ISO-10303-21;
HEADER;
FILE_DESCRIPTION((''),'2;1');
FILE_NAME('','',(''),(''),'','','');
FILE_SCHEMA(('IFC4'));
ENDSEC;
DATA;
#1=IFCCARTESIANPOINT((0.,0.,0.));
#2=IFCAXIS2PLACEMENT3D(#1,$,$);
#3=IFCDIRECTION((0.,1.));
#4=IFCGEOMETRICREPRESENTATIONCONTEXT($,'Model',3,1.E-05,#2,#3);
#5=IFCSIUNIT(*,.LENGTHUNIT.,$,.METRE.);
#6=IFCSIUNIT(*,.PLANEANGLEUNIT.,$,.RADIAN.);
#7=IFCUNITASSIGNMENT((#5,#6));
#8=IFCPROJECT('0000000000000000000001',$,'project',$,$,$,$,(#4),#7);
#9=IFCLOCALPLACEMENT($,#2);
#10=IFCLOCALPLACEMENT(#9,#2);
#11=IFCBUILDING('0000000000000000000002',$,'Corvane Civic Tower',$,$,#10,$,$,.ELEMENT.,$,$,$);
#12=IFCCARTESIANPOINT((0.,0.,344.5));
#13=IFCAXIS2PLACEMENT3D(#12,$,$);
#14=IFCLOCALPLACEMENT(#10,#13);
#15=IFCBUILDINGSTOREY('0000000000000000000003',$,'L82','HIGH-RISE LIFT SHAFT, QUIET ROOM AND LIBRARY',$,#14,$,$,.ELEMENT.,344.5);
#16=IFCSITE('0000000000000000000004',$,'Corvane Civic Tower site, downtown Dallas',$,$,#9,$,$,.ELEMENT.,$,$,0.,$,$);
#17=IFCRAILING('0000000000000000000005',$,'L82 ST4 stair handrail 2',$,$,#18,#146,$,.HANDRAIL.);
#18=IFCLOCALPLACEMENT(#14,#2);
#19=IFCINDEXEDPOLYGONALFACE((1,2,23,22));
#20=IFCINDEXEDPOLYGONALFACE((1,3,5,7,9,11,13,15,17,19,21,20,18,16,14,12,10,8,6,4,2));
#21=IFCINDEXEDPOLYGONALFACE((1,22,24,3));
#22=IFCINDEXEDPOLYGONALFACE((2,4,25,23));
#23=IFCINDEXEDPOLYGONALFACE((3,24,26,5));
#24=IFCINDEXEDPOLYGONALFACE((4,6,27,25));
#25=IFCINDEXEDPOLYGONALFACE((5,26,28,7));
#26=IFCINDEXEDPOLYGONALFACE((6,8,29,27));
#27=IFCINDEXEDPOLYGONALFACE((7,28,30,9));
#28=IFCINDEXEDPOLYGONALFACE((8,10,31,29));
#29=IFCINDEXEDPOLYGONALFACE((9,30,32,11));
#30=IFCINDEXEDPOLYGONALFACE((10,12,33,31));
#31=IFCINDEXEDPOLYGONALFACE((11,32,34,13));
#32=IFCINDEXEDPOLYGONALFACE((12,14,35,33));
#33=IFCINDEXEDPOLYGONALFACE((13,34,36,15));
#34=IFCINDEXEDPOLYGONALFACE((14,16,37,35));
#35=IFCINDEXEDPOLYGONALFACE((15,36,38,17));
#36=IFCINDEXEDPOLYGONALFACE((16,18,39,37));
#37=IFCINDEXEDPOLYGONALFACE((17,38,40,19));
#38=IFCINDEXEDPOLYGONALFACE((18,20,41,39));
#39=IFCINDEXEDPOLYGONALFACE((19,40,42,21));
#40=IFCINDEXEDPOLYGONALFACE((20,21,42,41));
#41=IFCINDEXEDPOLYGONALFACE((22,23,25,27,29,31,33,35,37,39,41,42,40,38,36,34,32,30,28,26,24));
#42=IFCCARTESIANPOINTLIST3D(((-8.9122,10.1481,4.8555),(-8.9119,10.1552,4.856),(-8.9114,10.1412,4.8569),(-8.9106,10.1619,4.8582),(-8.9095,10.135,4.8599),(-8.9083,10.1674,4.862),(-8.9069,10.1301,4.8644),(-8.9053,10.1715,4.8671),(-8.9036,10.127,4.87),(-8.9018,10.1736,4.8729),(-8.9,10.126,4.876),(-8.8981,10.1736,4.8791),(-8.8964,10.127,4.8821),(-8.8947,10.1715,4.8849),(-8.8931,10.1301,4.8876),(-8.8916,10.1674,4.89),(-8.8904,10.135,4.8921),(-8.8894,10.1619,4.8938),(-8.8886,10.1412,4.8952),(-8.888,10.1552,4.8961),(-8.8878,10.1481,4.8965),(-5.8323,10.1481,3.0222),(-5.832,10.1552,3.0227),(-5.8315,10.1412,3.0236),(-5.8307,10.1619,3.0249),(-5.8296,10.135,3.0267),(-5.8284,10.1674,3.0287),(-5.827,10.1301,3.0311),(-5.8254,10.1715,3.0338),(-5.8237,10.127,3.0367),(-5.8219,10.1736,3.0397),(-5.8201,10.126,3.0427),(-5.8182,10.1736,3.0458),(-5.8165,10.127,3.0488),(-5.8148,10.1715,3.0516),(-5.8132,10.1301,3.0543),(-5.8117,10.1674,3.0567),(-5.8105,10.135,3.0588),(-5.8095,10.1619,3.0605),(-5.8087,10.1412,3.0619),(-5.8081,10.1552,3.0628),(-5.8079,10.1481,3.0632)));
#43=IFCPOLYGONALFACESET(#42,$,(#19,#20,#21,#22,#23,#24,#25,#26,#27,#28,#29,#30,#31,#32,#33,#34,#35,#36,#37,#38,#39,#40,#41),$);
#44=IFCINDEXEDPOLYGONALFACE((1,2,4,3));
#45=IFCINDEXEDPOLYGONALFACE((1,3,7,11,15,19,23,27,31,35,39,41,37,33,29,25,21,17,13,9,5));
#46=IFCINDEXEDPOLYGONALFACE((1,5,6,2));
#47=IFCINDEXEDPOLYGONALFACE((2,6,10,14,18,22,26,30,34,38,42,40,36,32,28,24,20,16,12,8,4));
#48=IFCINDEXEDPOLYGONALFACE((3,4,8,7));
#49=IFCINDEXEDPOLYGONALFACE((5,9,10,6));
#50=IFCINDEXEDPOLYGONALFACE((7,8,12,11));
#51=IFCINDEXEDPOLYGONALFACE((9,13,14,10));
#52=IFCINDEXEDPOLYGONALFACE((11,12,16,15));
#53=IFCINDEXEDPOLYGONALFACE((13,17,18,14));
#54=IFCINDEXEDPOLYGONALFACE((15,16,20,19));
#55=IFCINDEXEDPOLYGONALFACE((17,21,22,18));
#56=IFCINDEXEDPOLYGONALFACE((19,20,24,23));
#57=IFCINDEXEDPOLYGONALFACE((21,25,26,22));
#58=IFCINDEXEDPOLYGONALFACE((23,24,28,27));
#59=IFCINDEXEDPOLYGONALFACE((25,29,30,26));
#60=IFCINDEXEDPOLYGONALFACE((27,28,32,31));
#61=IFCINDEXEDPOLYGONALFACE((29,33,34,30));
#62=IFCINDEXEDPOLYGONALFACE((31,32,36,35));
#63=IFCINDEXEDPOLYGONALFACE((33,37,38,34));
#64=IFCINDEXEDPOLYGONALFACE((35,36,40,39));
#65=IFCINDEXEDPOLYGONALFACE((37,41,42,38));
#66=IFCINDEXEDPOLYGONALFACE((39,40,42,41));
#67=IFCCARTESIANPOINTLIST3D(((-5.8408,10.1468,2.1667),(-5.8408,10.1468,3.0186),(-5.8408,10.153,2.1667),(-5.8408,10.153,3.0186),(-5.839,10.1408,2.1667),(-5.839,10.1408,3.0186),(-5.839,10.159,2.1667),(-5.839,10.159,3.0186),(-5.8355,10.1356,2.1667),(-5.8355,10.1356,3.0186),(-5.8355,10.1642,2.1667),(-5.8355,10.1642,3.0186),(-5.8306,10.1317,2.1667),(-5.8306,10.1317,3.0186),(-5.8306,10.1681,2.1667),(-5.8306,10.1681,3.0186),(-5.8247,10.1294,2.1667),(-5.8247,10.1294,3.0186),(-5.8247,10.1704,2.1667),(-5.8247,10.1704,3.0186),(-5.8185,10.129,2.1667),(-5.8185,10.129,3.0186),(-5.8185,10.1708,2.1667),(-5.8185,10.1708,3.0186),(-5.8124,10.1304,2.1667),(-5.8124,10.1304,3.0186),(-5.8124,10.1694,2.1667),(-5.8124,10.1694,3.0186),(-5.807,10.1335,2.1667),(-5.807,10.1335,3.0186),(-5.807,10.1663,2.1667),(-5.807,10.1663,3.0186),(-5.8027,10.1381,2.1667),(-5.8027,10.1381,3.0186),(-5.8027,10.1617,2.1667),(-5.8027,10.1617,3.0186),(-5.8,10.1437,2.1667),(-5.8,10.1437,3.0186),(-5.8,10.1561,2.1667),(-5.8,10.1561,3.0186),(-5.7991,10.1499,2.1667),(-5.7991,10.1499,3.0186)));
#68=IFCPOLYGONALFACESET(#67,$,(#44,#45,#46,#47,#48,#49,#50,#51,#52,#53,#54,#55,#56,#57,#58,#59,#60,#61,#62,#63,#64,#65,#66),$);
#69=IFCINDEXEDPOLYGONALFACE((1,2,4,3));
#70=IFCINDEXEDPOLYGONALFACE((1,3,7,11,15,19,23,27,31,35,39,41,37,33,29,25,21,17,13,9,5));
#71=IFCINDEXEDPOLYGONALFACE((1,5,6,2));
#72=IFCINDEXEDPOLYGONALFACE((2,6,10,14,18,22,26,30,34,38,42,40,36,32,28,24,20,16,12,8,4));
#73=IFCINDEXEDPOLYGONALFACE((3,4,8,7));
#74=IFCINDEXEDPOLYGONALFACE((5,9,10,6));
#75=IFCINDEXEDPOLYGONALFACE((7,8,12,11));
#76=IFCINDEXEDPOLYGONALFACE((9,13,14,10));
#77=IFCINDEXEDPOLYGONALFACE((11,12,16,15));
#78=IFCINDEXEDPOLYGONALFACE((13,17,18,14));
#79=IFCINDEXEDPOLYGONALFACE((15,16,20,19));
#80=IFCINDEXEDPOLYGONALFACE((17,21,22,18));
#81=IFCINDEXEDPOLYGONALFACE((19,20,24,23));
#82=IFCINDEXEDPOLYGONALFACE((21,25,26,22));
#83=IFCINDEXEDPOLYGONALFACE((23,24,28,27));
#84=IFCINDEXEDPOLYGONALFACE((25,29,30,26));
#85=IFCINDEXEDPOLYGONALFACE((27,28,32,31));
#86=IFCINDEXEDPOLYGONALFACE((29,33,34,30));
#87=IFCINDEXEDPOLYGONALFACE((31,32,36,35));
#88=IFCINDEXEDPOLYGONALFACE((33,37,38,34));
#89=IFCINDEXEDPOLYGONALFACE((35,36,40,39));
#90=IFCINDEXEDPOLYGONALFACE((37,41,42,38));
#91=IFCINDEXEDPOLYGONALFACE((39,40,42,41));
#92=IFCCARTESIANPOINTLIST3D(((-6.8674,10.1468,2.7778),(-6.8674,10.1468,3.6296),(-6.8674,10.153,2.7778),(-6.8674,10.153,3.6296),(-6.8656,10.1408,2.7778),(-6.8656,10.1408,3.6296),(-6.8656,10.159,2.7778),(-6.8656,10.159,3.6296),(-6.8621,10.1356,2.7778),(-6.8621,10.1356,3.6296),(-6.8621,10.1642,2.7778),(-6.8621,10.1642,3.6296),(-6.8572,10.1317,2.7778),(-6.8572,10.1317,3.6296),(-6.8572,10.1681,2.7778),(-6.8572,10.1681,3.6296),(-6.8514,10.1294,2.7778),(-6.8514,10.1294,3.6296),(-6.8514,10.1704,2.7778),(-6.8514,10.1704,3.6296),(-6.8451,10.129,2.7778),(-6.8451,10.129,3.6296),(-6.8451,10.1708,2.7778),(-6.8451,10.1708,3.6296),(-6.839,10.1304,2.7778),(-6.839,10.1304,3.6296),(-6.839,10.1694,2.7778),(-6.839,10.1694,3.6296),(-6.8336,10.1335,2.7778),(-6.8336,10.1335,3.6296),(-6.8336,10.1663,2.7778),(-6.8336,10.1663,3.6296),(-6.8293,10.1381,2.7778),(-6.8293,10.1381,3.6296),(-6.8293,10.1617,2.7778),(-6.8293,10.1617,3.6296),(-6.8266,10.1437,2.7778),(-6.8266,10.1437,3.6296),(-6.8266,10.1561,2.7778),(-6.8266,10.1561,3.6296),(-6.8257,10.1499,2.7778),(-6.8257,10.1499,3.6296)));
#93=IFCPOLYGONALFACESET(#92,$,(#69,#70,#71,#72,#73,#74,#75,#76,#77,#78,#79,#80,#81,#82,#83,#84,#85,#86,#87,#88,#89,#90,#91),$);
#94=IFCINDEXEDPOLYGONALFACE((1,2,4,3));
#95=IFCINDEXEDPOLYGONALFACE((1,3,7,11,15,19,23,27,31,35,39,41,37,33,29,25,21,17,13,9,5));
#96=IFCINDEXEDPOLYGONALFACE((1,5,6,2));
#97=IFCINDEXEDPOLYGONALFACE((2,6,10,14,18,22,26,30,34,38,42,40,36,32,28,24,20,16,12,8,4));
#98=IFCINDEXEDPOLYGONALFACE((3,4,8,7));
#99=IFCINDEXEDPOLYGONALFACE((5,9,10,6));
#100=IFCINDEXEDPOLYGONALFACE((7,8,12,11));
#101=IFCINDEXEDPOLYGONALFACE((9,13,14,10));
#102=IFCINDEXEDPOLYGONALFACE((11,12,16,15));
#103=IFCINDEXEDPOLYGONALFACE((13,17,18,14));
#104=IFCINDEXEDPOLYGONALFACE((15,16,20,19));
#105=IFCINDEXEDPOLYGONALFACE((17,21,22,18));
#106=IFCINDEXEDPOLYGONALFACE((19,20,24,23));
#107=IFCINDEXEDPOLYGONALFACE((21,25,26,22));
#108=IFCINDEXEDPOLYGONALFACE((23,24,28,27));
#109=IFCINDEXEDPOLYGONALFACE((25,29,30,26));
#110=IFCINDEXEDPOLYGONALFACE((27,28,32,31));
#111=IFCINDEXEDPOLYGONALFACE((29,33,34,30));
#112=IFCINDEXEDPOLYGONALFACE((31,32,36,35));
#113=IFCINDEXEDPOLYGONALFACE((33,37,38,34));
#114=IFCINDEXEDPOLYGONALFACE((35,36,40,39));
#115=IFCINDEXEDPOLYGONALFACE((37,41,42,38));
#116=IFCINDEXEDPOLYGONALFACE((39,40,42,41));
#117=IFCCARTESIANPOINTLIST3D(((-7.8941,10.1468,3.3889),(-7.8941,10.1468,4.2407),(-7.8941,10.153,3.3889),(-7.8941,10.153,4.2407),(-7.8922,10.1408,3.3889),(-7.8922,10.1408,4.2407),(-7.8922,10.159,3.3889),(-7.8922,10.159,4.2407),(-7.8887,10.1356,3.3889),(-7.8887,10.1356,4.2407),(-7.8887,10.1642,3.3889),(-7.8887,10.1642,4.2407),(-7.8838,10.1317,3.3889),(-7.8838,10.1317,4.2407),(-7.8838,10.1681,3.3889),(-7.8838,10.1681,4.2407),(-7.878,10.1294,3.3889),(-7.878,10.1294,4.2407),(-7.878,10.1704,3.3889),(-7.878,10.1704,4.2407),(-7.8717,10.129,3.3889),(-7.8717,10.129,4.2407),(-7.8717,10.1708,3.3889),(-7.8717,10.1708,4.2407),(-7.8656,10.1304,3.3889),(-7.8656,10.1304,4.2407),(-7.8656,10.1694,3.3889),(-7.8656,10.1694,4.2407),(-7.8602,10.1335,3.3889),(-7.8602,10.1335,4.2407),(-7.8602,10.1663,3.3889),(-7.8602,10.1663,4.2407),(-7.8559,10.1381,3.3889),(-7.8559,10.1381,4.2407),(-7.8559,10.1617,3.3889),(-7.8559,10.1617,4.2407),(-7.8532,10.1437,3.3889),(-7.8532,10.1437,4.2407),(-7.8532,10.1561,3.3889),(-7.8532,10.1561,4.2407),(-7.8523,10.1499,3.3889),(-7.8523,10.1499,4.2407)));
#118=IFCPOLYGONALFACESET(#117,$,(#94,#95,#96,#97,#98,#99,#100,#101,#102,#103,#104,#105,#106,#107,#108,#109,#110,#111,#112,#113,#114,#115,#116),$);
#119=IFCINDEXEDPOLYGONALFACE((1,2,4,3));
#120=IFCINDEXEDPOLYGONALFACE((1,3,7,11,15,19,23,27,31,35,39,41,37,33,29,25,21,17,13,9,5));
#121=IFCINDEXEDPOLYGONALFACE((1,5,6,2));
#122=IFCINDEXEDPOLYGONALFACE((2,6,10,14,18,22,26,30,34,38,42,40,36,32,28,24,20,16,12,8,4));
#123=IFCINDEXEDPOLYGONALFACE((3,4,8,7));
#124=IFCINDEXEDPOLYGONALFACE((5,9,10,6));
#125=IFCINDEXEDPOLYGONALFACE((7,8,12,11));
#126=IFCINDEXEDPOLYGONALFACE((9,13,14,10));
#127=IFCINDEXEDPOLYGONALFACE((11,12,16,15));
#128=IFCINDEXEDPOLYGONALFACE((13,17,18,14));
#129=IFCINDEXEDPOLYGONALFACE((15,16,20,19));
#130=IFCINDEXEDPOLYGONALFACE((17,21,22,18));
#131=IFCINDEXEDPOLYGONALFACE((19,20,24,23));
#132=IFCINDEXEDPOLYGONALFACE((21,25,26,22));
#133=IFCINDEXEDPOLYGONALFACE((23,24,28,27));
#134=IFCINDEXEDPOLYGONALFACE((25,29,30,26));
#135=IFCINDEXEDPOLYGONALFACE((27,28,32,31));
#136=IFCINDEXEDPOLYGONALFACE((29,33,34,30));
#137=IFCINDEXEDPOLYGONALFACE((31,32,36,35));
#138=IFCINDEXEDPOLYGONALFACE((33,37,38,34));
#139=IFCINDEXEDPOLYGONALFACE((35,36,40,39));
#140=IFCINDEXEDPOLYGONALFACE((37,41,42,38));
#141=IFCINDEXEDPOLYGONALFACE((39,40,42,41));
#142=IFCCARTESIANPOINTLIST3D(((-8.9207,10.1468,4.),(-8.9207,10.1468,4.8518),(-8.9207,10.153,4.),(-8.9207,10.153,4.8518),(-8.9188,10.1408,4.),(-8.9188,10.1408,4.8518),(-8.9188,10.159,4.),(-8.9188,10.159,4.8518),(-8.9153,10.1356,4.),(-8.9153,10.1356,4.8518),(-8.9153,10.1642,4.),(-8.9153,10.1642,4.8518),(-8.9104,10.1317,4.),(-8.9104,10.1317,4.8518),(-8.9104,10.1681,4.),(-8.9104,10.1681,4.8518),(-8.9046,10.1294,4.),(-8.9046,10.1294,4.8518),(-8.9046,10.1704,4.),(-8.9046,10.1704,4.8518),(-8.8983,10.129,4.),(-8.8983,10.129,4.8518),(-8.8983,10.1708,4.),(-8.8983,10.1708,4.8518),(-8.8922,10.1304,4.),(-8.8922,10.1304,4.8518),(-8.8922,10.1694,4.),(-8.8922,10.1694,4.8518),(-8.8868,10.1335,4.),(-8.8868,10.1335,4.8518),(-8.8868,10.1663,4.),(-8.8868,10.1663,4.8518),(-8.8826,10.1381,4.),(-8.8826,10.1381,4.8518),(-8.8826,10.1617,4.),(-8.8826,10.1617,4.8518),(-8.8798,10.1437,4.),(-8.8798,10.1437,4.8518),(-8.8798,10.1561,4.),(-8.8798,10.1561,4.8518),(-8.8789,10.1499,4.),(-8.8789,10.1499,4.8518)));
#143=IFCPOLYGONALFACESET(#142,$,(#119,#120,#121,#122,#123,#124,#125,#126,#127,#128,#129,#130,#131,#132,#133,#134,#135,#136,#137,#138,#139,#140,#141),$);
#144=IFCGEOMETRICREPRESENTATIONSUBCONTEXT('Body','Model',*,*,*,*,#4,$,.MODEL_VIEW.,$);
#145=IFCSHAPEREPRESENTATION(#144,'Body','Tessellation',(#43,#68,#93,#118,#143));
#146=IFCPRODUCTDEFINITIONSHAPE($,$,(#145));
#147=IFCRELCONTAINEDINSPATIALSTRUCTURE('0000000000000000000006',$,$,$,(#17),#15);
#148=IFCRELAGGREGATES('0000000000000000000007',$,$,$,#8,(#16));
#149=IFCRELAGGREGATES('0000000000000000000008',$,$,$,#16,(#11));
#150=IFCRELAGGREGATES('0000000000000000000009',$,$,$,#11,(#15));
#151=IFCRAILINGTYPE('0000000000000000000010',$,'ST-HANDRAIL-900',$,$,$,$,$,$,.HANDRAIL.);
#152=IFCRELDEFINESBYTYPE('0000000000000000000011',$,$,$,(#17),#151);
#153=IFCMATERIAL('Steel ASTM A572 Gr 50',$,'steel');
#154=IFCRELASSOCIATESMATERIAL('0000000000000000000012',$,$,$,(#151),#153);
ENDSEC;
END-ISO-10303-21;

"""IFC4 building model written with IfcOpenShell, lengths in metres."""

from ifc_helpers import new_model, si_unit, direction, frame, origin, origin_2d, place, context, subcontext, project, spatial, circle, extrude, material, type_object, element, save


model = new_model("IFC4")

# Units and contexts
model_context = context("Model", 3, precision=1e-05, world=origin(), true_north=direction((0.0, 1.0)))
body_context = subcontext(model_context, "Body", "Model", "MODEL_VIEW")
ifc_project = project(units=[si_unit("LENGTHUNIT", "METRE"), si_unit("PLANEANGLEUNIT", "RADIAN")], contexts=[model_context])

# Site, building, storey
site_placement = place(None, origin())
site = spatial("IfcSite", under=ifc_project, at=site_placement, Name="Corvane Civic Tower site, downtown Dallas", CompositionType="ELEMENT", RefElevation=0.0)
building_placement = place(site_placement, origin())
building = spatial("IfcBuilding", under=site, at=building_placement, Name="Corvane Civic Tower", CompositionType="ELEMENT")
storey_placement = place(building_placement, frame((0.0, 0.0, 344.5)))
storey = spatial("IfcBuildingStorey", under=building, at=storey_placement, Name="L82", Description="HIGH-RISE LIFT SHAFT, QUIET ROOM AND LIBRARY", CompositionType="ELEMENT", Elevation=344.5)

# Railing
ifc_material_1 = material(Name="Steel ASTM A572 Gr 50", Category="steel")
railing_type_1 = type_object("IfcRailingType", Name="ST-HANDRAIL-900", PredefinedType="HANDRAIL", material=ifc_material_1)
railing_1_placement = place(storey_placement, frame((-5.8201, 10.1499, 2.1667)))
element("IfcRailing", 1, at=railing_1_placement, inside=storey, type_object=railing_type_1, Name="L82 ST4 stair handrail 2", PredefinedType="HANDRAIL", context=body_context, shape_type="SweptSolid", body=[
    extrude(circle(Radius=0.0239, at=origin_2d()), frame((0.0, 0.0, 0.876), z_axis=(-0.859291, 0.0, 0.511487), x_axis=(0.0, -1.0, 0.0)), (0.0, 0.0, 1.0), 3.5842),
    extrude(circle(Radius=0.021, at=origin_2d()), origin(), (0.0, 0.0, 1.0), 0.8518),
    extrude(circle(Radius=0.021, at=origin_2d()), frame((-1.0266, 0.0, 0.6111)), (0.0, 0.0, 1.0), 0.8518),
    extrude(circle(Radius=0.021, at=origin_2d()), frame((-2.0532, 0.0, 1.2222)), (0.0, 0.0, 1.0), 0.8518),
    extrude(circle(Radius=0.021, at=origin_2d()), frame((-3.0798, 0.0, 1.8333)), (0.0, 0.0, 1.0), 0.8518),
])

save(model, "model.ifc")
